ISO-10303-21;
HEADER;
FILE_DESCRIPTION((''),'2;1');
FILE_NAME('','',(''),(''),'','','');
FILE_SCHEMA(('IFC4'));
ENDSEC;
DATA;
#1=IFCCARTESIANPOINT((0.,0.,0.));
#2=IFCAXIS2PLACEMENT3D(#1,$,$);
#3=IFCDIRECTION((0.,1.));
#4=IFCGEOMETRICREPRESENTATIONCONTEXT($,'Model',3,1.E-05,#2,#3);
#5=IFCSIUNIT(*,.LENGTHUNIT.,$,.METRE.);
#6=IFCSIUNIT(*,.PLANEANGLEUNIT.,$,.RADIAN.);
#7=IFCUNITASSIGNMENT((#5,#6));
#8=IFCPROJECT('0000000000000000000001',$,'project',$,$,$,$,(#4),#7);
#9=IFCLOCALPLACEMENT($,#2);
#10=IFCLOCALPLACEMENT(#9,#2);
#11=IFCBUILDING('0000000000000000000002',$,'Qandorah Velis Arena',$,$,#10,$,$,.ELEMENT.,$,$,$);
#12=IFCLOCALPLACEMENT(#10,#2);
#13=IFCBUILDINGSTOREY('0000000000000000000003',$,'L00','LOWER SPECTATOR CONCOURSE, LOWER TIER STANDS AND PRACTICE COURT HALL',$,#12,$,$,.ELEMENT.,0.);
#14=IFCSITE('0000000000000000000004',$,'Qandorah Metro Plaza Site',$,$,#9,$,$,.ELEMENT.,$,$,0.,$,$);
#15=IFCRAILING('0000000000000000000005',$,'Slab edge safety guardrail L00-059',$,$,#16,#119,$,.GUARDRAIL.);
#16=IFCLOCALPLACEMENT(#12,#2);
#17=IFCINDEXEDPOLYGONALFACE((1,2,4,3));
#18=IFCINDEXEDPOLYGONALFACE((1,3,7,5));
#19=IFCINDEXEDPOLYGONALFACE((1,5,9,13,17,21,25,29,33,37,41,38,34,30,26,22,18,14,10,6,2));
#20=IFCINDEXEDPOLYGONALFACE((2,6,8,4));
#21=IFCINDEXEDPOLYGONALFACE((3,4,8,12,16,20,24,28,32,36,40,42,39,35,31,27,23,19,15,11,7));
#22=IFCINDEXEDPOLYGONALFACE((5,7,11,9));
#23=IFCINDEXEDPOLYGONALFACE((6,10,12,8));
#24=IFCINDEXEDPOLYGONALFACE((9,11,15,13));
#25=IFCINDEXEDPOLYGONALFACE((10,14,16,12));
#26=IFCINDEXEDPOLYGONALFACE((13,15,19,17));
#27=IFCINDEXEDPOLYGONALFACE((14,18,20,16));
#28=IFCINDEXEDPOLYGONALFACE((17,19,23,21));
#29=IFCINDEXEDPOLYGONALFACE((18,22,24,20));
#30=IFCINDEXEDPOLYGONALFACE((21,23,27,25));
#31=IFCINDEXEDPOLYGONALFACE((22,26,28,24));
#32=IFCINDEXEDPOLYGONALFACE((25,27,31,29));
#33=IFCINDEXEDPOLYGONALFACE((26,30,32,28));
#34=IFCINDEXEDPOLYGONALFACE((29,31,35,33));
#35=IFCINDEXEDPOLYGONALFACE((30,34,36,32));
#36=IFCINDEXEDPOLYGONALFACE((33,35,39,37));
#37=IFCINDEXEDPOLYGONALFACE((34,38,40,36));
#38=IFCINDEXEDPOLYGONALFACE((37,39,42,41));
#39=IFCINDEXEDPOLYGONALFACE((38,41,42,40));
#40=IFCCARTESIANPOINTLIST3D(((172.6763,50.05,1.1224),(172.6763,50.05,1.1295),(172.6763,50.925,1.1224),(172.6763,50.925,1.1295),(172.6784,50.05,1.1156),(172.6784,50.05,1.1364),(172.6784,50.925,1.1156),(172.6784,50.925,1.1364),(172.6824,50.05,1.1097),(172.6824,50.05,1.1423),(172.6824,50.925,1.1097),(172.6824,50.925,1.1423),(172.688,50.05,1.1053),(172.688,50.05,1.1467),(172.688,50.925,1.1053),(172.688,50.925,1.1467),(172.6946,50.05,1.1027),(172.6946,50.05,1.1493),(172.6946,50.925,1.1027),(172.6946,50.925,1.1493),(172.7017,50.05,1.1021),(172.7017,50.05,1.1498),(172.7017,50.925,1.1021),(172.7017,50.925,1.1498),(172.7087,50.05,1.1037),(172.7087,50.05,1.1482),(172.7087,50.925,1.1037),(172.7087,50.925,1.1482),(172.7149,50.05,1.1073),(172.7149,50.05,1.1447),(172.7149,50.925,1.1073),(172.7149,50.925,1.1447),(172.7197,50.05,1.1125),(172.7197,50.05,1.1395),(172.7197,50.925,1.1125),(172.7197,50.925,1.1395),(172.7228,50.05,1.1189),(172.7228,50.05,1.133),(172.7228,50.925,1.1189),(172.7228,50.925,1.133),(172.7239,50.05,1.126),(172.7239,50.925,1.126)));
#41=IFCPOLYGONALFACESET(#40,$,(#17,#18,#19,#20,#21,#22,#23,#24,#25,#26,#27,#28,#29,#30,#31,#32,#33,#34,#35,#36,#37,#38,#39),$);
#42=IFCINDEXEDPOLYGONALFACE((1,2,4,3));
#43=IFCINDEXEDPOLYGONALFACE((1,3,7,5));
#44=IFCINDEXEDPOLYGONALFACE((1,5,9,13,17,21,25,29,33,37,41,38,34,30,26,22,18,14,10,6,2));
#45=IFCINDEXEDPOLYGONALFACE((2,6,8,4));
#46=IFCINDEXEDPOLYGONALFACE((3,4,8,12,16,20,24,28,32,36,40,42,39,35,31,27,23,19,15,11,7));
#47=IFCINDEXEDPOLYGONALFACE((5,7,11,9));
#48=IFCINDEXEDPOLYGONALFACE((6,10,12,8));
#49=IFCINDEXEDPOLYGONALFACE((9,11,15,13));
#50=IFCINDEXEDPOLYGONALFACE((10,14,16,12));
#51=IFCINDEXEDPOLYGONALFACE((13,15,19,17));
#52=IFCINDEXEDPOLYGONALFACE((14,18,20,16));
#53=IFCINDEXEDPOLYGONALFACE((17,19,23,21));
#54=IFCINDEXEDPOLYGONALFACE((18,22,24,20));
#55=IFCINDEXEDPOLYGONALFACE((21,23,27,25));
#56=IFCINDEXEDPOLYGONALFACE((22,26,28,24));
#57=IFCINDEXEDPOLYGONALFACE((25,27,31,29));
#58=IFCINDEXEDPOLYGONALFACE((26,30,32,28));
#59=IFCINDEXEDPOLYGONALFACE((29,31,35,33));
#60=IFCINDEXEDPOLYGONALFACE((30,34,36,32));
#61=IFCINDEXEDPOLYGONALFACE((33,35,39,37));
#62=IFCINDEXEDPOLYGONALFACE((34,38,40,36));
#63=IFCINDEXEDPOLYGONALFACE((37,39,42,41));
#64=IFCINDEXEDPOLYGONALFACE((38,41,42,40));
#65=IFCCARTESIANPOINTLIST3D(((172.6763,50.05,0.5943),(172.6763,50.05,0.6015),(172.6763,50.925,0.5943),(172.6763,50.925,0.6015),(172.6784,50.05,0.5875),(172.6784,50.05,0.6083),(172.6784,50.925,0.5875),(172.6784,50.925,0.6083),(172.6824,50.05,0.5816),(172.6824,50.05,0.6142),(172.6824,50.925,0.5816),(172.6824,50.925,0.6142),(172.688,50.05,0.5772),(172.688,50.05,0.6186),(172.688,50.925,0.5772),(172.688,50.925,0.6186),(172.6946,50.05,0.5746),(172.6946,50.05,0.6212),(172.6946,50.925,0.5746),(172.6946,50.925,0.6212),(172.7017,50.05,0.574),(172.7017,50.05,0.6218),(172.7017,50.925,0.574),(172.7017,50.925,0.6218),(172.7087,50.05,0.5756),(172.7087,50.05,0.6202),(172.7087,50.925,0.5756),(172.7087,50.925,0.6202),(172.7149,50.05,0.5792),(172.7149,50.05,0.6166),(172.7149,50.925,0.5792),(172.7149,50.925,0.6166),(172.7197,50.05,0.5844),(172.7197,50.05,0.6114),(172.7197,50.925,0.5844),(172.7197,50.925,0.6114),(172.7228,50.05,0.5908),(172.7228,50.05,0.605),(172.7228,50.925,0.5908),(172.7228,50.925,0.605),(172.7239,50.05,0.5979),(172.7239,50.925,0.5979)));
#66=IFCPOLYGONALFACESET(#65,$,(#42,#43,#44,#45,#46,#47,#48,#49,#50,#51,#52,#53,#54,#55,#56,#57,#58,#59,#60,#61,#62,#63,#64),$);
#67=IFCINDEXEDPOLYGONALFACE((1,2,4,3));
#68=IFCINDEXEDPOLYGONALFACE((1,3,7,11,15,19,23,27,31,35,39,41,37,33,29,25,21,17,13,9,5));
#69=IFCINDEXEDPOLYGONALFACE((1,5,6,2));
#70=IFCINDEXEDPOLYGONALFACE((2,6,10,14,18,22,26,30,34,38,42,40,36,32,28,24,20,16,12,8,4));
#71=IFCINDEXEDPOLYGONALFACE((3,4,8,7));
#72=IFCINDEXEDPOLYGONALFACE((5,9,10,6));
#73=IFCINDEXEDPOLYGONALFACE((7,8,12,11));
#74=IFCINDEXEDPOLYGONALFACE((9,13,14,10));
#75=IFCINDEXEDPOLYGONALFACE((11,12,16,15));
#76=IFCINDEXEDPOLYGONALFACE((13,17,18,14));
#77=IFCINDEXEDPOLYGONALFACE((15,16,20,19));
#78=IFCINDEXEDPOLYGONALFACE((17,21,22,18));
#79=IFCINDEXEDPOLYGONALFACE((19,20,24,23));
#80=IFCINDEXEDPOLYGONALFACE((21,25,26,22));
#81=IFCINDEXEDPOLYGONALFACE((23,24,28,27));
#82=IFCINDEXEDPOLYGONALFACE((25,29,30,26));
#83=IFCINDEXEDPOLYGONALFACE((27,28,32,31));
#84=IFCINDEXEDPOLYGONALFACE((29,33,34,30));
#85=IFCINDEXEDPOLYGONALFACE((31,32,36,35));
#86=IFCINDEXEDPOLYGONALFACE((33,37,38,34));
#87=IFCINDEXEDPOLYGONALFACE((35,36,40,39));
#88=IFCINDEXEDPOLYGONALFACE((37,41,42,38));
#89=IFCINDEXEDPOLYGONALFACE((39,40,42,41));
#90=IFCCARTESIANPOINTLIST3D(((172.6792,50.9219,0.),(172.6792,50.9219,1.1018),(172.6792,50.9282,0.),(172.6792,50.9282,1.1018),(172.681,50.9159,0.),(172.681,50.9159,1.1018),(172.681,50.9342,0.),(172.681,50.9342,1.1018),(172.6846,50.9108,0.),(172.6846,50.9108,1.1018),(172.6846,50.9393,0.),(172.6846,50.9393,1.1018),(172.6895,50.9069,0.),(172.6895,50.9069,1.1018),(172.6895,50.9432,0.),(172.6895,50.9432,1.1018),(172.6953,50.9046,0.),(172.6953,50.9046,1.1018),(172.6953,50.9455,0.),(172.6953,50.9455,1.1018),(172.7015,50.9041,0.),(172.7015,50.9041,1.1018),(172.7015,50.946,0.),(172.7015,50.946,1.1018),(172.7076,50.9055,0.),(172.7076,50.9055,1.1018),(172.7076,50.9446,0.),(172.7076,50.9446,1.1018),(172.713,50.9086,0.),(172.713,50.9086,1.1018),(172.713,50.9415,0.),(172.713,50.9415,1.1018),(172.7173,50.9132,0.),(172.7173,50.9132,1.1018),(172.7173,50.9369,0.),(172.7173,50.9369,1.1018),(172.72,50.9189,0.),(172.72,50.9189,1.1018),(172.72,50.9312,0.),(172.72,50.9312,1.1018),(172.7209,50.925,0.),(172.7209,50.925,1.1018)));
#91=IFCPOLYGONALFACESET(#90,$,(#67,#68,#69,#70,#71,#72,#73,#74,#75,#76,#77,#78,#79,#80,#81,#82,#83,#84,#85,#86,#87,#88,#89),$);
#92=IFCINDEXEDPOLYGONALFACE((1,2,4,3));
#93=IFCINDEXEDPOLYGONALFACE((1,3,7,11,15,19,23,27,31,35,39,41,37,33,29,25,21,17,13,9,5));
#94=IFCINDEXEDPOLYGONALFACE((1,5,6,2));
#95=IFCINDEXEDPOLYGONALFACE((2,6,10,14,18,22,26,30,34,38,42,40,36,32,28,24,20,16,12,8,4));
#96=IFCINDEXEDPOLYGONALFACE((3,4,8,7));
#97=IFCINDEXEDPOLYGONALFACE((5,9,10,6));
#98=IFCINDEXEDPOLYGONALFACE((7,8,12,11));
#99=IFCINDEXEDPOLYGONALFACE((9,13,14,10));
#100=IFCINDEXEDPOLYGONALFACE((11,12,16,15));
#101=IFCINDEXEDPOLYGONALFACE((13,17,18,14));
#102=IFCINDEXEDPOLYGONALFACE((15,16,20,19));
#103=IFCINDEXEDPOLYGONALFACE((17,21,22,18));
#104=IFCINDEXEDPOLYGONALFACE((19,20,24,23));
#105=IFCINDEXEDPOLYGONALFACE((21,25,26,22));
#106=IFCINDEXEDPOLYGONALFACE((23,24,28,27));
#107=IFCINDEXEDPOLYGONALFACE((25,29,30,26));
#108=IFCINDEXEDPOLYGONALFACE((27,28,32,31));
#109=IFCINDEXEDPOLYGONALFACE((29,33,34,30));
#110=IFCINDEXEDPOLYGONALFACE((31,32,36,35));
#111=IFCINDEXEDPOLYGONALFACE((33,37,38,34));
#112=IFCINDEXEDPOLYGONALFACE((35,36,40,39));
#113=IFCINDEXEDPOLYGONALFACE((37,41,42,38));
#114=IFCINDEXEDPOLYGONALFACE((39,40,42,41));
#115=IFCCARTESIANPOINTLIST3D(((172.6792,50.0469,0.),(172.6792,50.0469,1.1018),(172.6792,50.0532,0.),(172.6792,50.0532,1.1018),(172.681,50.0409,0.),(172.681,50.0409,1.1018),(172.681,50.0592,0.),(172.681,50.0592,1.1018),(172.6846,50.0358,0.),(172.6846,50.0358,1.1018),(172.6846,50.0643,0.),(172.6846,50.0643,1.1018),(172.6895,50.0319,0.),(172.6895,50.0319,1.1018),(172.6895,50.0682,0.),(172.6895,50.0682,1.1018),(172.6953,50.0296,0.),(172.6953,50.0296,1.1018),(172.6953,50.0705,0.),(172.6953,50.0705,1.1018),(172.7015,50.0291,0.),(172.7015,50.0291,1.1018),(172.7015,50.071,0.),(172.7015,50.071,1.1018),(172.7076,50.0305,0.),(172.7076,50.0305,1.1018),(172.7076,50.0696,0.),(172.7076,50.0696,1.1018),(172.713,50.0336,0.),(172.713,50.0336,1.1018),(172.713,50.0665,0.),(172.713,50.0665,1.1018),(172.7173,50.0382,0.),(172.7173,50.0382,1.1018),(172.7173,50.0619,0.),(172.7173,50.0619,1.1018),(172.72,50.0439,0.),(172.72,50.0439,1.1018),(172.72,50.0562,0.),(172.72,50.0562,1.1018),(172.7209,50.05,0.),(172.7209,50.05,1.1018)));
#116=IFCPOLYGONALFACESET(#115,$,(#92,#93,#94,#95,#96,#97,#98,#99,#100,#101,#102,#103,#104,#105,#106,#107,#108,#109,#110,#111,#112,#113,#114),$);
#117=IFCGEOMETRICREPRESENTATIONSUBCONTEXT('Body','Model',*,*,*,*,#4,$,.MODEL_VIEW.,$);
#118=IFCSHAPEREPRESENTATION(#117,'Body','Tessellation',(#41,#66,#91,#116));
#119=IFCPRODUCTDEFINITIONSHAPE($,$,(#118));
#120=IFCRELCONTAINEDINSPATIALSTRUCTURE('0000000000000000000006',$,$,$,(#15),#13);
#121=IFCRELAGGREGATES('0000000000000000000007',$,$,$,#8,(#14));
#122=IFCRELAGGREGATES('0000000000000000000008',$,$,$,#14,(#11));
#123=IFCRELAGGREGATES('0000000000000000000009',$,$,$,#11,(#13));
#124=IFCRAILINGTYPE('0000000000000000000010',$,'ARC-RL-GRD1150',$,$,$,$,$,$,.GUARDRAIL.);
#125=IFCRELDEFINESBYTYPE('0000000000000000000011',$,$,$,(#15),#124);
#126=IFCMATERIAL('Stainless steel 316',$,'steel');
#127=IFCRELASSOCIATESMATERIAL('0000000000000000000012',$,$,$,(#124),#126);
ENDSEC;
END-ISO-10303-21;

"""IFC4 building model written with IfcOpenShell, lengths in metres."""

from ifc_helpers import new_model, si_unit, direction, frame, origin, origin_2d, place, context, subcontext, project, spatial, circle, extrude, material, type_object, element, save


model = new_model("IFC4")

# Units and contexts
model_context = context("Model", 3, precision=1e-05, world=origin(), true_north=direction((0.0, 1.0)))
body_context = subcontext(model_context, "Body", "Model", "MODEL_VIEW")
ifc_project = project(units=[si_unit("LENGTHUNIT", "METRE"), si_unit("PLANEANGLEUNIT", "RADIAN")], contexts=[model_context])

# Site, building, storey
site_placement = place(None, origin())
site = spatial("IfcSite", under=ifc_project, at=site_placement, Name="Qandorah Metro Plaza Site", CompositionType="ELEMENT", RefElevation=0.0)
building_placement = place(site_placement, origin())
building = spatial("IfcBuilding", under=site, at=building_placement, Name="Qandorah Velis Arena", CompositionType="ELEMENT")
storey_placement = place(building_placement, origin())
storey = spatial("IfcBuildingStorey", under=building, at=storey_placement, Name="L00", Description="LOWER SPECTATOR CONCOURSE, LOWER TIER STANDS AND PRACTICE COURT HALL", CompositionType="ELEMENT", Elevation=0.0)

# Railing
ifc_material_1 = material(Name="Stainless steel 316", Category="steel")
railing_type = type_object("IfcRailingType", Name="ARC-RL-GRD1150", PredefinedType="GUARDRAIL", material=ifc_material_1)
railing_1_placement = place(storey_placement, frame((172.7, 50.925, 0.0)))
element("IfcRailing", 1, at=railing_1_placement, inside=storey, type_object=railing_type, Name="Slab edge safety guardrail L00-059", PredefinedType="GUARDRAIL", context=body_context, shape_type="SweptSolid", body=[
    extrude(circle(Radius=0.0239, at=origin_2d()), frame((0.0, 0.0, 1.126), z_axis=(0.0, -1.0, 0.0), x_axis=(1.0, 0.0, 0.0)), (0.0, 0.0, 1.0), 0.875),
    extrude(circle(Radius=0.0239, at=origin_2d()), frame((0.0, 0.0, 0.5979), z_axis=(0.0, -1.0, 0.0), x_axis=(1.0, 0.0, 0.0)), (0.0, 0.0, 1.0), 0.875),
    extrude(circle(Radius=0.021, at=origin_2d()), origin(), (0.0, 0.0, 1.0), 1.1018),
    extrude(circle(Radius=0.021, at=origin_2d()), frame((0.0, -0.875, 0.0)), (0.0, 0.0, 1.0), 1.1018),
])

save(model, "model.ifc")
